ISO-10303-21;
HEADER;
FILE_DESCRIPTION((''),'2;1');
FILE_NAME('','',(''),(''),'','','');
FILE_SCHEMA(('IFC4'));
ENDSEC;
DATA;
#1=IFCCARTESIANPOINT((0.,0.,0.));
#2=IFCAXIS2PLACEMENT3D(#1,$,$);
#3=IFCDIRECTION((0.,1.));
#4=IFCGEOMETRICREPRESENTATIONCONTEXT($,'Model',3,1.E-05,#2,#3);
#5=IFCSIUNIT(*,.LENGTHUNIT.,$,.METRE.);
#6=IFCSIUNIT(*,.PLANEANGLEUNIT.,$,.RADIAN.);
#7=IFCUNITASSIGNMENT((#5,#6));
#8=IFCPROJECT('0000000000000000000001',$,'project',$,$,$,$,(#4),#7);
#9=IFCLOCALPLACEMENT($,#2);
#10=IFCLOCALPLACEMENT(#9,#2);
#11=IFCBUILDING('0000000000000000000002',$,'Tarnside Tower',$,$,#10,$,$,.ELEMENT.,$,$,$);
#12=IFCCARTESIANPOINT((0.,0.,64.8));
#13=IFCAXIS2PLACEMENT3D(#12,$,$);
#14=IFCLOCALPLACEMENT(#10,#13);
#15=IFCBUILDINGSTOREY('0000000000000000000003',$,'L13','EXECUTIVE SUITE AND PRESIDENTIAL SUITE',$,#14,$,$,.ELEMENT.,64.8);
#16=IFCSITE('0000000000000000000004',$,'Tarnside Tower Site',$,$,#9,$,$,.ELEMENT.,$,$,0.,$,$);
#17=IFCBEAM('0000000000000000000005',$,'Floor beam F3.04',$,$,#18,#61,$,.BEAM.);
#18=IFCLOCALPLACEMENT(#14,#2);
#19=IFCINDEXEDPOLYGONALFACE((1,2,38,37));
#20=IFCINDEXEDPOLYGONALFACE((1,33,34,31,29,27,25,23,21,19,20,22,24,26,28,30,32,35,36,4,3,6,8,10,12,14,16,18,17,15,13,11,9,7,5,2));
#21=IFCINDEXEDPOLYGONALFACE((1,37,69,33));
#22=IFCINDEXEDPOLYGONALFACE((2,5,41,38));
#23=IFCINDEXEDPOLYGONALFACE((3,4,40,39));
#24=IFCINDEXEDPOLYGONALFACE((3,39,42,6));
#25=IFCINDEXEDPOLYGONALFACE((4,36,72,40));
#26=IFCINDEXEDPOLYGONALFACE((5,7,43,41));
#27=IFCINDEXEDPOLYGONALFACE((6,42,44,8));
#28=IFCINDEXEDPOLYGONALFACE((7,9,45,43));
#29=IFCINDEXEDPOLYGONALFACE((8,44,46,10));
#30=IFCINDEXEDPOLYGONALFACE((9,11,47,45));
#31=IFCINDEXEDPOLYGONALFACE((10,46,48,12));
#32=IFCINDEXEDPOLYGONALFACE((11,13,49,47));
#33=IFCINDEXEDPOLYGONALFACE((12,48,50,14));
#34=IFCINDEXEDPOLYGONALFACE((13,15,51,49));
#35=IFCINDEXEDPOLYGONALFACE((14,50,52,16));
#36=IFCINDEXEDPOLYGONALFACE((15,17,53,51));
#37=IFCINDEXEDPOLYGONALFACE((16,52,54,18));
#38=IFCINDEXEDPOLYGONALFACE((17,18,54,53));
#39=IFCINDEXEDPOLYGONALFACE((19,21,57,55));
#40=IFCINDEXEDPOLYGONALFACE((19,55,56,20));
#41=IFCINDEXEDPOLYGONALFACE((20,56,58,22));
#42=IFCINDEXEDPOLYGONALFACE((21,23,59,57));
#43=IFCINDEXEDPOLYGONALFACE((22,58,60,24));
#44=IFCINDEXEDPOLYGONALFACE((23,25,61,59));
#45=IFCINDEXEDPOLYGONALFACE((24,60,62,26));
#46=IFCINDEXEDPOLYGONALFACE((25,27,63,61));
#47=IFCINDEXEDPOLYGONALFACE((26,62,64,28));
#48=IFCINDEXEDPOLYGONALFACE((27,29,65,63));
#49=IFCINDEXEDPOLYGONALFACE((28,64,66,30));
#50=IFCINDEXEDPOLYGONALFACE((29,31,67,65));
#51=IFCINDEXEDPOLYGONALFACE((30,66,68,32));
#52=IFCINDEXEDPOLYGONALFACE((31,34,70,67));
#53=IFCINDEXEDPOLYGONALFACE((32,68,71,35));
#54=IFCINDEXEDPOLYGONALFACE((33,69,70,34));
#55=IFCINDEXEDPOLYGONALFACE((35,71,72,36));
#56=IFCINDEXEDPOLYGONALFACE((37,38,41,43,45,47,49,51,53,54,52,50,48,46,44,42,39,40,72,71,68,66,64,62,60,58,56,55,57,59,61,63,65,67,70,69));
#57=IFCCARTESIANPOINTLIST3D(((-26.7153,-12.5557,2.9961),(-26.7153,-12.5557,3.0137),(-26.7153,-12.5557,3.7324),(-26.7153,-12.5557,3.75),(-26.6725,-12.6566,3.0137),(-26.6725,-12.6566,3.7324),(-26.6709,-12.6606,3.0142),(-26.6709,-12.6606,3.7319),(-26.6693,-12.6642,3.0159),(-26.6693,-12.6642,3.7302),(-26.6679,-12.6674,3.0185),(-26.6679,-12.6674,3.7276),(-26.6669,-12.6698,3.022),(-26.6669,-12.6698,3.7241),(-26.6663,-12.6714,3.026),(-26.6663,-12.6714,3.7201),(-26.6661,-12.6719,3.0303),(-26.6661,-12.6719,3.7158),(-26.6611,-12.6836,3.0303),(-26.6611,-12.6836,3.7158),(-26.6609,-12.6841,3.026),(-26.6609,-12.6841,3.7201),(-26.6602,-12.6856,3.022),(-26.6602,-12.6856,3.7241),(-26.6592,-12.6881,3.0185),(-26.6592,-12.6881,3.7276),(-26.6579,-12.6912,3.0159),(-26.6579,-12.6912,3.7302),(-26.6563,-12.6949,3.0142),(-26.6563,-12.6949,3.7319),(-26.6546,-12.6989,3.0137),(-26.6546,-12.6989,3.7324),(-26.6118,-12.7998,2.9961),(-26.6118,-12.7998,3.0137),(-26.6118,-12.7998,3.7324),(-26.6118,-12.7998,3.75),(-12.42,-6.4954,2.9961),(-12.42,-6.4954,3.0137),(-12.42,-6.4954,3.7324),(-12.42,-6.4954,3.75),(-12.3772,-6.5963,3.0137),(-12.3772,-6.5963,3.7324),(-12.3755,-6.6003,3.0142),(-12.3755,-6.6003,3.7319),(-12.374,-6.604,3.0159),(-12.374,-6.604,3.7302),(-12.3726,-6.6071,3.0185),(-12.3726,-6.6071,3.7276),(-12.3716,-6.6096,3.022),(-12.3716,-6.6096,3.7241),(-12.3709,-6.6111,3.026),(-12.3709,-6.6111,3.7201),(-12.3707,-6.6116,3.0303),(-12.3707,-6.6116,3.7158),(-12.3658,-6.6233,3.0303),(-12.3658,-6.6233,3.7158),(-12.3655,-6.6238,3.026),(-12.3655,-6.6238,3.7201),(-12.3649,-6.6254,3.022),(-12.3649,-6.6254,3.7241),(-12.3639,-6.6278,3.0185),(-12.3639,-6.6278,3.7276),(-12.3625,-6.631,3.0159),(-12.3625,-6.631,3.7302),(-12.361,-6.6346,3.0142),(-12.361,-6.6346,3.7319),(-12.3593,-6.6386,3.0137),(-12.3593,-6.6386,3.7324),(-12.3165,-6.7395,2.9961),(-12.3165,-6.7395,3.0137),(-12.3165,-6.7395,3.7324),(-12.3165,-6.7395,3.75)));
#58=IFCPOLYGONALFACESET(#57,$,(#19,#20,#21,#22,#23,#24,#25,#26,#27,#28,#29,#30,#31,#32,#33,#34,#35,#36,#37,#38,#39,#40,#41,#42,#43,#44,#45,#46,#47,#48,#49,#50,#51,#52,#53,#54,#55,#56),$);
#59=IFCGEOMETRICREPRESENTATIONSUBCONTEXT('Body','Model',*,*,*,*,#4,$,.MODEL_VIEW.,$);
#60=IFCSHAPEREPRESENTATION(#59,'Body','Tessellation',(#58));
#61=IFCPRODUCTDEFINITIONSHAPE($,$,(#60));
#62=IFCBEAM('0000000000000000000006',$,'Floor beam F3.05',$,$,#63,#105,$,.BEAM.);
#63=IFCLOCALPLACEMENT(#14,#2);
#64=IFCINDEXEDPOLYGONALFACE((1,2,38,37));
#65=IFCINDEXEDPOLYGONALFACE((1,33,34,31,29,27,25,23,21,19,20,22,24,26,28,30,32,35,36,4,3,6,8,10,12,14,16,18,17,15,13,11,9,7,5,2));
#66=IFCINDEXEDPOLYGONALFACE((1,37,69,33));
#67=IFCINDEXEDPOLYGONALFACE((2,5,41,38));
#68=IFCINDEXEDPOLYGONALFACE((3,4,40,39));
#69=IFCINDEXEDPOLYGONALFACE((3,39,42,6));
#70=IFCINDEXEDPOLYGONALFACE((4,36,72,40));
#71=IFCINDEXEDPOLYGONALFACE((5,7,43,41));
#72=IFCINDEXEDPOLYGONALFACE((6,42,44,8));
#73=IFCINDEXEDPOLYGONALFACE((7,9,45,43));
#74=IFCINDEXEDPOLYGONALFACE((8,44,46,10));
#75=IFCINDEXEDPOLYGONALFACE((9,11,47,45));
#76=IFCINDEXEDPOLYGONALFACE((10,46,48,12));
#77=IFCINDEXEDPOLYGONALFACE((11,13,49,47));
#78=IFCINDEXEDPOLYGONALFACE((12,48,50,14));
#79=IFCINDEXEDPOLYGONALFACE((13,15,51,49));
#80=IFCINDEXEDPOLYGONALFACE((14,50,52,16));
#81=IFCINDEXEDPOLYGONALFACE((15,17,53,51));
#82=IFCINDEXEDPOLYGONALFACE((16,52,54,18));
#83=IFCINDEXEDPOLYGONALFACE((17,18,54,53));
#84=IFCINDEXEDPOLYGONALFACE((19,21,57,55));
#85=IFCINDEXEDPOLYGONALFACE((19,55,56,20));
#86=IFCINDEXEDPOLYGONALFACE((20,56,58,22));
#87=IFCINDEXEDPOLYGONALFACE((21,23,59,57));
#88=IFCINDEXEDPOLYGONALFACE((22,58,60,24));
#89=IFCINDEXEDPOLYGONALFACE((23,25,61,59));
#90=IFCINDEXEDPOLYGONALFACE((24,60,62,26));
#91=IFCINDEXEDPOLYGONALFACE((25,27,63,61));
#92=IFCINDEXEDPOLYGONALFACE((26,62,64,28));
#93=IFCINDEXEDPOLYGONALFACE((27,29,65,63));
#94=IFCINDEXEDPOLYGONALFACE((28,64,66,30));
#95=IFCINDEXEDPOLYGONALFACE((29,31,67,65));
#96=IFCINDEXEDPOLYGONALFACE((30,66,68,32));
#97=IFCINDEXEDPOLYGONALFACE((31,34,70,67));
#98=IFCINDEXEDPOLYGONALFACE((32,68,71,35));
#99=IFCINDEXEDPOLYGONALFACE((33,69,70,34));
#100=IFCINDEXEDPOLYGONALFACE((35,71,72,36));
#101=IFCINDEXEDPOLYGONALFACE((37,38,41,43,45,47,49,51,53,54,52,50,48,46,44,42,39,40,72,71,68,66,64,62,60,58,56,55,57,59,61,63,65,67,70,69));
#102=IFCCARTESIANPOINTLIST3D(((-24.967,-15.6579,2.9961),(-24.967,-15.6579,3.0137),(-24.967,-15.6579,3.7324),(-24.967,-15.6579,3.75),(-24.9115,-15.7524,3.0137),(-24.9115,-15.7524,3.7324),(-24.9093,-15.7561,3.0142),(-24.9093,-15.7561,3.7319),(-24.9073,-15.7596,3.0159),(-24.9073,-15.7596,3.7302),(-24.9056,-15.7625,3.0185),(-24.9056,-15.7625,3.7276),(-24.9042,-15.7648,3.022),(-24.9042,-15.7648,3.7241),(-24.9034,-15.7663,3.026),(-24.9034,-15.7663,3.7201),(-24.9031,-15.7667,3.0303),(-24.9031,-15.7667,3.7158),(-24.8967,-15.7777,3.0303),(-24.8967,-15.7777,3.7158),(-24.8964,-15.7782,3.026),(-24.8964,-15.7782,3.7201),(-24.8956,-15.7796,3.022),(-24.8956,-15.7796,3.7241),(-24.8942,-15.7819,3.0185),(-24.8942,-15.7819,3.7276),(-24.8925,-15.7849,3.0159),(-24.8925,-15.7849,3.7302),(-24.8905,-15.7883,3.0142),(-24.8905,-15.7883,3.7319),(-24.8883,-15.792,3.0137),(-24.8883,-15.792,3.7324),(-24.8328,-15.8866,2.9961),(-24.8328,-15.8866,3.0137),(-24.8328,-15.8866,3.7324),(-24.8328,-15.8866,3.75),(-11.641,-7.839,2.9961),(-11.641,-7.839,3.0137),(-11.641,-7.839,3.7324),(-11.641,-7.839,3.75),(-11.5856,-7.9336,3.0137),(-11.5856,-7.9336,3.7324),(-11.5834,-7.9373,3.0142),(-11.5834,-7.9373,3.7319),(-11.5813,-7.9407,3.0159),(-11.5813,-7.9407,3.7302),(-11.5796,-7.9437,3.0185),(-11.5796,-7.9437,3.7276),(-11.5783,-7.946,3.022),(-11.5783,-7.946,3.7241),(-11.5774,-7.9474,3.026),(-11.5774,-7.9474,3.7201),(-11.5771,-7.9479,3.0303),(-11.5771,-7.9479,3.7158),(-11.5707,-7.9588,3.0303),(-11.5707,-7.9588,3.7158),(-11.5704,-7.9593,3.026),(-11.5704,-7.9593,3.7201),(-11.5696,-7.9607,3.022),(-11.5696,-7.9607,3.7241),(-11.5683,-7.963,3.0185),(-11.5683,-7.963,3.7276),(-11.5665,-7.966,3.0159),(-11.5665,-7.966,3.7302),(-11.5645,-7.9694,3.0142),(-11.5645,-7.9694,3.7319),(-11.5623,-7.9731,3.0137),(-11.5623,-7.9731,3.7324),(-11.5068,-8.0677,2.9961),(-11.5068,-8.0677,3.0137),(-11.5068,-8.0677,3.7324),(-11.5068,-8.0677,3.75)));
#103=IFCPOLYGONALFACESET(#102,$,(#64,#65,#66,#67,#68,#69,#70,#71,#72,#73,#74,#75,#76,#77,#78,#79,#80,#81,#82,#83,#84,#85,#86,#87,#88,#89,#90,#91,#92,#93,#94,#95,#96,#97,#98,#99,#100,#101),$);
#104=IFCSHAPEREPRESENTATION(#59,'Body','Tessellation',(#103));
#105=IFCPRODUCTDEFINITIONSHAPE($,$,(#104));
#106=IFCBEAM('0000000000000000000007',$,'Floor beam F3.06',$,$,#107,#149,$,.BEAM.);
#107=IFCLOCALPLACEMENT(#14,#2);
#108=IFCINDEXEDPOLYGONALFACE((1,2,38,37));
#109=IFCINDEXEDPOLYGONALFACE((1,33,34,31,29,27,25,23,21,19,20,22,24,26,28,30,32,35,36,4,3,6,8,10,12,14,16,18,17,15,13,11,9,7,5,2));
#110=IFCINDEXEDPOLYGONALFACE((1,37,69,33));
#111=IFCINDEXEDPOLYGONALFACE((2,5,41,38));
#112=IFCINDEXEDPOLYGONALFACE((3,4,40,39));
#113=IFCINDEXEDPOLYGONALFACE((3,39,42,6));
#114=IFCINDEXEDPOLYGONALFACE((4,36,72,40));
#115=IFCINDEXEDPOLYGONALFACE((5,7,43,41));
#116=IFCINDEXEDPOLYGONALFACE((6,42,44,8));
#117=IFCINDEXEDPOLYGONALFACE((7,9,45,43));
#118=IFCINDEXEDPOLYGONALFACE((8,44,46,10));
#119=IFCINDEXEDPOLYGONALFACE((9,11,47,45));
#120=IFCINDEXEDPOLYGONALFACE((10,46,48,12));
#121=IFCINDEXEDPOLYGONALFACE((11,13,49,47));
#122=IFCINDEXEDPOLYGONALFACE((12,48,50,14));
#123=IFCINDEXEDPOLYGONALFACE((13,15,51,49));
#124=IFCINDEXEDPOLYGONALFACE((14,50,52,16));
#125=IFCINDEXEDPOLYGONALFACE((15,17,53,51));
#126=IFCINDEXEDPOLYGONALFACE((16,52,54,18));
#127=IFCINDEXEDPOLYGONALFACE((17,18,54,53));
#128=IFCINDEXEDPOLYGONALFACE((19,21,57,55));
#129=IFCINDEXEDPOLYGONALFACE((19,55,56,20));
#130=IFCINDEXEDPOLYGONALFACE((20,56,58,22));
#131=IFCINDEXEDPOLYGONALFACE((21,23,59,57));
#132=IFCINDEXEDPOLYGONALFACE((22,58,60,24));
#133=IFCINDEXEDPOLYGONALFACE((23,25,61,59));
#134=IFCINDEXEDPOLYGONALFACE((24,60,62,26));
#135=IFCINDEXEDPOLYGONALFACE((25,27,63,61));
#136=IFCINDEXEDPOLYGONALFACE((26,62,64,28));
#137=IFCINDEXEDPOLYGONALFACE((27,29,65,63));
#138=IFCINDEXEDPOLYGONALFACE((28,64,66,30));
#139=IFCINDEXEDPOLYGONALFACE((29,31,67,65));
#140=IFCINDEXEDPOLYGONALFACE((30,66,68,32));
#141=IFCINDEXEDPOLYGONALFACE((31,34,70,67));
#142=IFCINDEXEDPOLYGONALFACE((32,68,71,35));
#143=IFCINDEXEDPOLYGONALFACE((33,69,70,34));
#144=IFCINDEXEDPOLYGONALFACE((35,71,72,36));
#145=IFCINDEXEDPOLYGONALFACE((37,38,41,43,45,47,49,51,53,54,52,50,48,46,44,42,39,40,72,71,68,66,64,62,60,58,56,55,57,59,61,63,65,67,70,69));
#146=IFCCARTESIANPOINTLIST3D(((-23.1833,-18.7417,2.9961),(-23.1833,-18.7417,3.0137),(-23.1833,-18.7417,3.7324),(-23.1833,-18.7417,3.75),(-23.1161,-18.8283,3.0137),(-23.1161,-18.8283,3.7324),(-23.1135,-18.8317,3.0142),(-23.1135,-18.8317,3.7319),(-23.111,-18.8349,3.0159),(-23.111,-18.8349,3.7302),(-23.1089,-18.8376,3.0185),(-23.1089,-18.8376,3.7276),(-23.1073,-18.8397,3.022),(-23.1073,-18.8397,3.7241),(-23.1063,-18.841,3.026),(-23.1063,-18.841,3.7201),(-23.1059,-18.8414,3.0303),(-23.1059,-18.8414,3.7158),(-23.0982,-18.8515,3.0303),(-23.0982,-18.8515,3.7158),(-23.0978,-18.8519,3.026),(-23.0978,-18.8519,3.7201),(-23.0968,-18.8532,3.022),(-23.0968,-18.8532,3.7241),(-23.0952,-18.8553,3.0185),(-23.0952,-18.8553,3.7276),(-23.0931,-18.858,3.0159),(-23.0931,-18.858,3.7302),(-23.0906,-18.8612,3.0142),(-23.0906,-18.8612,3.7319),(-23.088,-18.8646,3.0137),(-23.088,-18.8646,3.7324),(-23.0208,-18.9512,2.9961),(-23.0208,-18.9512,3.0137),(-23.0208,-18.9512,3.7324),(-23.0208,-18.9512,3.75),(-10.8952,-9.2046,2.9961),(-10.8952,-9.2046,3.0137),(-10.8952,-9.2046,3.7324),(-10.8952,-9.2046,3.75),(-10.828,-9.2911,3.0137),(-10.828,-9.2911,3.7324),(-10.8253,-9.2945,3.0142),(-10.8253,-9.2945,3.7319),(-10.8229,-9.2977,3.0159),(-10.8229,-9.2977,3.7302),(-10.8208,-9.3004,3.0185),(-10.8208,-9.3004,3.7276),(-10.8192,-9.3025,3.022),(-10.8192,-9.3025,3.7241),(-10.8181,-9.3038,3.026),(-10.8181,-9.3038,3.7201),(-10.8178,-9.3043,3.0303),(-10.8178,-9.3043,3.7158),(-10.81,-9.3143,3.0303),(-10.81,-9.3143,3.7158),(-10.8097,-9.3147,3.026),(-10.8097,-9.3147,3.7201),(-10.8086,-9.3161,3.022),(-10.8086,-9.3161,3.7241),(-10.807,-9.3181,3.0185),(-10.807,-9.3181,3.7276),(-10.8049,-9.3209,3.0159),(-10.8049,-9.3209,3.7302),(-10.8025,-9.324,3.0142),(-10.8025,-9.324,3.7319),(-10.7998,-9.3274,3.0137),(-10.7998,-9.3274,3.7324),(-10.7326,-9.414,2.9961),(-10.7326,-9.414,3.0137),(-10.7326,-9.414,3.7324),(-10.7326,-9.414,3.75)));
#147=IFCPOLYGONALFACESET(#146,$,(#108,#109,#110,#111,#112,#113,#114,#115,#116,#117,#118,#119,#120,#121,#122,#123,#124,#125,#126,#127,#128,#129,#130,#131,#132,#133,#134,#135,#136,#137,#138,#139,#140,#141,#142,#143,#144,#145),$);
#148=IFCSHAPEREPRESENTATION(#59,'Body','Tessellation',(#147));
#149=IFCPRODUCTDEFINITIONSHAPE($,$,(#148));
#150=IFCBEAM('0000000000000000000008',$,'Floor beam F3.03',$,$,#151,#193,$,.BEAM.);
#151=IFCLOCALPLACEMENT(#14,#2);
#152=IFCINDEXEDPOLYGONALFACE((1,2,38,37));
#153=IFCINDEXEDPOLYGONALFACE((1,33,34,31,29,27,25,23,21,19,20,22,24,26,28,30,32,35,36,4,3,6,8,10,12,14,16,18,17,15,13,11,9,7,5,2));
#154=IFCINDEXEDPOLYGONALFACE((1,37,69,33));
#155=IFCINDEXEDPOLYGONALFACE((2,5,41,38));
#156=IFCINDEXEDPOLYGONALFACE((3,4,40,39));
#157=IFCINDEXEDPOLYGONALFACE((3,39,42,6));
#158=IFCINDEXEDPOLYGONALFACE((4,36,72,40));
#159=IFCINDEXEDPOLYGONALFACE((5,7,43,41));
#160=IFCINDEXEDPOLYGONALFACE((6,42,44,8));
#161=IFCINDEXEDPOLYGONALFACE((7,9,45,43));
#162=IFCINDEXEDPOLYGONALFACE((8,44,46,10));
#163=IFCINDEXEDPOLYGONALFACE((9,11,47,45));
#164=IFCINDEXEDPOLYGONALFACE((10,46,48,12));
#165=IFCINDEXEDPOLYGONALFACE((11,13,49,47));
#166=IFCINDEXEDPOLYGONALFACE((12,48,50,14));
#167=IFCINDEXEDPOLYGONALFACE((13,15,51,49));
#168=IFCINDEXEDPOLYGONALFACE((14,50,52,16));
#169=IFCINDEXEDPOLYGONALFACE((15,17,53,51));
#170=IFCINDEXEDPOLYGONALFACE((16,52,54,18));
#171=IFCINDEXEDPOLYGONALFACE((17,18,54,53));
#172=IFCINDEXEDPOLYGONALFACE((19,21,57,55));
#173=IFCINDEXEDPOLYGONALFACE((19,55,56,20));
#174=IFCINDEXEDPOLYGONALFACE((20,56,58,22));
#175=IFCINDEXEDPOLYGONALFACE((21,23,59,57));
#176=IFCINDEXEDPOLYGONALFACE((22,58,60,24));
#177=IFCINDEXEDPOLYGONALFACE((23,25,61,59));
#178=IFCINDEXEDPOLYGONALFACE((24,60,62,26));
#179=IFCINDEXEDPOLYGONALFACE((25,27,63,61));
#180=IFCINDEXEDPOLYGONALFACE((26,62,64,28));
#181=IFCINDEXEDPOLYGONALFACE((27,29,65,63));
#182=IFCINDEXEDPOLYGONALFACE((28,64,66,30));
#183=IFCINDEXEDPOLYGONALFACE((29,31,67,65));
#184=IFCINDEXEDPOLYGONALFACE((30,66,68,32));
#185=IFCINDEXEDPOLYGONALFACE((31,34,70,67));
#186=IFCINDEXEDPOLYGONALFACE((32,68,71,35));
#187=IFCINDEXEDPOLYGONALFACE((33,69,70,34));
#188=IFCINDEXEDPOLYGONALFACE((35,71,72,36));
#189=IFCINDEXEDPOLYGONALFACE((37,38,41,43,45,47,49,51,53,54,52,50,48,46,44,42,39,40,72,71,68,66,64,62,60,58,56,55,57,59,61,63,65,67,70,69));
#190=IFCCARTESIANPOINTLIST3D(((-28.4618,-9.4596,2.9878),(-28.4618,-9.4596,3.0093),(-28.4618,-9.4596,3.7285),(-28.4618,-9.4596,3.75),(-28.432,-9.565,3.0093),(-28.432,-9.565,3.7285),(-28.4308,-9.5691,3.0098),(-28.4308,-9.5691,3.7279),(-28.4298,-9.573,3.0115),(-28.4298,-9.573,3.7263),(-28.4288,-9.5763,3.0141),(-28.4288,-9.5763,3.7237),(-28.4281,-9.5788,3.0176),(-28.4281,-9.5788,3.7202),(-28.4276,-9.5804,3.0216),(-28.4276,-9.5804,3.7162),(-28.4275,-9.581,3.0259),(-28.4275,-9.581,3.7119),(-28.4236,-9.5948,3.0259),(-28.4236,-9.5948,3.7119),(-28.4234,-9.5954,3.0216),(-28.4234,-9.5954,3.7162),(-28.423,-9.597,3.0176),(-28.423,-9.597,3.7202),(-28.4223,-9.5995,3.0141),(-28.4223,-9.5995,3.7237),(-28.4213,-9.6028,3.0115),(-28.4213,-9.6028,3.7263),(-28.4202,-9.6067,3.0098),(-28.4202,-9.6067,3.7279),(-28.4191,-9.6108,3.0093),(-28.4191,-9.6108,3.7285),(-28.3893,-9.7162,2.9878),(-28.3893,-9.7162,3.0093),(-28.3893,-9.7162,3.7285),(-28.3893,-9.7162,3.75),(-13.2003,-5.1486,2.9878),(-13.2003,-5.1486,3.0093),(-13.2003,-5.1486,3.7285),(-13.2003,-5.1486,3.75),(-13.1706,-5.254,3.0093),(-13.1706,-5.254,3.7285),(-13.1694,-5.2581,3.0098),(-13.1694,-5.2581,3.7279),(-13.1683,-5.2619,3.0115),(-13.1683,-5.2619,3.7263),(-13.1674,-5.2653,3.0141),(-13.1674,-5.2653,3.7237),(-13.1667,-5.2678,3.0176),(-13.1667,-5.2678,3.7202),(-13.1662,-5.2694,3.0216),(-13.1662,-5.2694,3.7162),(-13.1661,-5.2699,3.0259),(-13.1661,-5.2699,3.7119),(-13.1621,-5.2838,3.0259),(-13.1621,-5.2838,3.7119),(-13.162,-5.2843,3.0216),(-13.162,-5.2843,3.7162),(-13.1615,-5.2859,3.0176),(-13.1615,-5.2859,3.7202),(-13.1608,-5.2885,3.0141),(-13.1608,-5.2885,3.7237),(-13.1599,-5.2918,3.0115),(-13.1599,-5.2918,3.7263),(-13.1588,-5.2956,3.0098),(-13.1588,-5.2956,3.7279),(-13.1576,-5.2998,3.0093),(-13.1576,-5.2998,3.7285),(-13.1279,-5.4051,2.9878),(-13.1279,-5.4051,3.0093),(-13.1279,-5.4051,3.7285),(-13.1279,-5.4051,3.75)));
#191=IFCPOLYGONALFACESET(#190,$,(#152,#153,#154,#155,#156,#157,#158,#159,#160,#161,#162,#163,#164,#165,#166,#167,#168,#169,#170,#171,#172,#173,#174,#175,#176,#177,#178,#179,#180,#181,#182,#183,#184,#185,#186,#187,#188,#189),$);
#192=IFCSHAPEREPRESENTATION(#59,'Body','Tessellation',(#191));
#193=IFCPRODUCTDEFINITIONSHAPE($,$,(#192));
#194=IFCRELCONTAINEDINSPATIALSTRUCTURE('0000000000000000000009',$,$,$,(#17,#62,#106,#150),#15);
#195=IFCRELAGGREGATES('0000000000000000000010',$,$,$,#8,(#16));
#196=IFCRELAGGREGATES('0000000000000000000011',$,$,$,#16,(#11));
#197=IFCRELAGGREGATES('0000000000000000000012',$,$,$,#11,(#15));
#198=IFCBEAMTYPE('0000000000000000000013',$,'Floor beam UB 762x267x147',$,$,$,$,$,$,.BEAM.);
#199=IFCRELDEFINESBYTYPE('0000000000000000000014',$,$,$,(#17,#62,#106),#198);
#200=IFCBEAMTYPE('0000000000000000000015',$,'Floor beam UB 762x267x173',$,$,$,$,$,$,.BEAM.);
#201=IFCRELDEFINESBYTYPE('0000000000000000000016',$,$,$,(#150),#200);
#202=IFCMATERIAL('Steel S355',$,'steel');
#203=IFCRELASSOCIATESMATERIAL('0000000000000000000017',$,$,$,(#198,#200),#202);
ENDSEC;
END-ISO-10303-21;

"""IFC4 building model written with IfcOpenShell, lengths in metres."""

from ifc_helpers import new_model, si_unit, direction, frame, origin, origin_2d, place, context, subcontext, project, spatial, i_section, extrude, material, material_profile, profile_set, type_object, element, save


model = new_model("IFC4")

# Units and contexts
model_context = context("Model", 3, precision=1e-05, world=origin(), true_north=direction((0.0, 1.0)))
body_context = subcontext(model_context, "Body", "Model", "MODEL_VIEW")
ifc_project = project(units=[si_unit("LENGTHUNIT", "METRE"), si_unit("PLANEANGLEUNIT", "RADIAN")], contexts=[model_context])

# Site, building, storey
site_placement = place(None, origin())
site = spatial("IfcSite", under=ifc_project, at=site_placement, Name="Tarnside Tower Site", CompositionType="ELEMENT", RefElevation=0.0)
building_placement = place(site_placement, origin())
building = spatial("IfcBuilding", under=site, at=building_placement, Name="Tarnside Tower", CompositionType="ELEMENT")
storey_placement = place(building_placement, frame((0.0, 0.0, 64.8)))
storey = spatial("IfcBuildingStorey", under=building, at=storey_placement, Name="L13", Description="EXECUTIVE SUITE AND PRESIDENTIAL SUITE", CompositionType="ELEMENT", Elevation=64.8)

# Beams
ifc_material_1 = material(Name="Steel S355", Category="steel")
ifc_material_profile_1 = material_profile(ifc_material_1, i_section(OverallWidth=0.2651, OverallDepth=0.7539, WebThickness=0.0127, FlangeThickness=0.0176, FilletRadius=0.0166, at=origin_2d()), Name="UB 762x267x147")
ifc_profile_set_1 = profile_set([ifc_material_profile_1], Name="Steel S355")
beam_type_1 = type_object("IfcBeamType", Name="Floor beam UB 762x267x147", PredefinedType="BEAM", material=ifc_profile_set_1)
beam_1_placement = place(storey_placement, frame((-26.6636, -12.6777, 3.373), z_axis=(0.920684, 0.390309, 0.0), x_axis=(-0.390309, 0.920684, 0.0)))
element("IfcBeam", 1, at=beam_1_placement, inside=storey, type_object=beam_type_1, Name="Floor beam F3.04", PredefinedType="BEAM", context=body_context, shape_type="SweptSolid", body=[
    extrude(i_section(OverallWidth=0.2651, OverallDepth=0.7539, WebThickness=0.0127, FlangeThickness=0.0176, FilletRadius=0.0166, at=origin_2d()), origin(), (0.0, 0.0, 1.0), 15.5269),
])
beam_2_placement = place(storey_placement, frame((-24.8999, -15.7722, 3.373), z_axis=(0.862498, 0.506061, 0.0), x_axis=(-0.506061, 0.862498, 0.0)))
element("IfcBeam", 2, at=beam_2_placement, inside=storey, type_object=beam_type_1, Name="Floor beam F3.05", PredefinedType="BEAM", context=body_context, shape_type="SweptSolid", body=[
    extrude(i_section(OverallWidth=0.2651, OverallDepth=0.7539, WebThickness=0.0127, FlangeThickness=0.0176, FilletRadius=0.0166, at=origin_2d()), origin(), (0.0, 0.0, 1.0), 15.4504),
])
beam_3_placement = place(storey_placement, frame((-23.1021, -18.8464, 3.373), z_axis=(0.789984, 0.613128, 0.0), x_axis=(-0.613128, 0.789984, 0.0)))
element("IfcBeam", 3, at=beam_3_placement, inside=storey, type_object=beam_type_1, Name="Floor beam F3.06", PredefinedType="BEAM", context=body_context, shape_type="SweptSolid", body=[
    extrude(i_section(OverallWidth=0.2651, OverallDepth=0.7539, WebThickness=0.0127, FlangeThickness=0.0176, FilletRadius=0.0166, at=origin_2d()), origin(), (0.0, 0.0, 1.0), 15.5549),
])
ifc_material_profile_2 = material_profile(ifc_material_1, i_section(OverallWidth=0.2666, OverallDepth=0.7622, WebThickness=0.0144, FlangeThickness=0.0215, FilletRadius=0.0166, at=origin_2d()), Name="UB 762x267x173")
ifc_profile_set_2 = profile_set([ifc_material_profile_2], Name="Steel S355")
beam_type_2 = type_object("IfcBeamType", Name="Floor beam UB 762x267x173", PredefinedType="BEAM", material=ifc_profile_set_2)
beam_4_placement = place(storey_placement, frame((-28.4255, -9.5879, 3.3689), z_axis=(0.962342, 0.271841, 0.0), x_axis=(-0.271841, 0.962342, 0.0)))
element("IfcBeam", 4, at=beam_4_placement, inside=storey, type_object=beam_type_2, Name="Floor beam F3.03", PredefinedType="BEAM", context=body_context, shape_type="SweptSolid", body=[
    extrude(i_section(OverallWidth=0.2666, OverallDepth=0.7622, WebThickness=0.0144, FlangeThickness=0.0215, FilletRadius=0.0166, at=origin_2d()), origin(), (0.0, 0.0, 1.0), 15.8586),
])

save(model, "model.ifc")
